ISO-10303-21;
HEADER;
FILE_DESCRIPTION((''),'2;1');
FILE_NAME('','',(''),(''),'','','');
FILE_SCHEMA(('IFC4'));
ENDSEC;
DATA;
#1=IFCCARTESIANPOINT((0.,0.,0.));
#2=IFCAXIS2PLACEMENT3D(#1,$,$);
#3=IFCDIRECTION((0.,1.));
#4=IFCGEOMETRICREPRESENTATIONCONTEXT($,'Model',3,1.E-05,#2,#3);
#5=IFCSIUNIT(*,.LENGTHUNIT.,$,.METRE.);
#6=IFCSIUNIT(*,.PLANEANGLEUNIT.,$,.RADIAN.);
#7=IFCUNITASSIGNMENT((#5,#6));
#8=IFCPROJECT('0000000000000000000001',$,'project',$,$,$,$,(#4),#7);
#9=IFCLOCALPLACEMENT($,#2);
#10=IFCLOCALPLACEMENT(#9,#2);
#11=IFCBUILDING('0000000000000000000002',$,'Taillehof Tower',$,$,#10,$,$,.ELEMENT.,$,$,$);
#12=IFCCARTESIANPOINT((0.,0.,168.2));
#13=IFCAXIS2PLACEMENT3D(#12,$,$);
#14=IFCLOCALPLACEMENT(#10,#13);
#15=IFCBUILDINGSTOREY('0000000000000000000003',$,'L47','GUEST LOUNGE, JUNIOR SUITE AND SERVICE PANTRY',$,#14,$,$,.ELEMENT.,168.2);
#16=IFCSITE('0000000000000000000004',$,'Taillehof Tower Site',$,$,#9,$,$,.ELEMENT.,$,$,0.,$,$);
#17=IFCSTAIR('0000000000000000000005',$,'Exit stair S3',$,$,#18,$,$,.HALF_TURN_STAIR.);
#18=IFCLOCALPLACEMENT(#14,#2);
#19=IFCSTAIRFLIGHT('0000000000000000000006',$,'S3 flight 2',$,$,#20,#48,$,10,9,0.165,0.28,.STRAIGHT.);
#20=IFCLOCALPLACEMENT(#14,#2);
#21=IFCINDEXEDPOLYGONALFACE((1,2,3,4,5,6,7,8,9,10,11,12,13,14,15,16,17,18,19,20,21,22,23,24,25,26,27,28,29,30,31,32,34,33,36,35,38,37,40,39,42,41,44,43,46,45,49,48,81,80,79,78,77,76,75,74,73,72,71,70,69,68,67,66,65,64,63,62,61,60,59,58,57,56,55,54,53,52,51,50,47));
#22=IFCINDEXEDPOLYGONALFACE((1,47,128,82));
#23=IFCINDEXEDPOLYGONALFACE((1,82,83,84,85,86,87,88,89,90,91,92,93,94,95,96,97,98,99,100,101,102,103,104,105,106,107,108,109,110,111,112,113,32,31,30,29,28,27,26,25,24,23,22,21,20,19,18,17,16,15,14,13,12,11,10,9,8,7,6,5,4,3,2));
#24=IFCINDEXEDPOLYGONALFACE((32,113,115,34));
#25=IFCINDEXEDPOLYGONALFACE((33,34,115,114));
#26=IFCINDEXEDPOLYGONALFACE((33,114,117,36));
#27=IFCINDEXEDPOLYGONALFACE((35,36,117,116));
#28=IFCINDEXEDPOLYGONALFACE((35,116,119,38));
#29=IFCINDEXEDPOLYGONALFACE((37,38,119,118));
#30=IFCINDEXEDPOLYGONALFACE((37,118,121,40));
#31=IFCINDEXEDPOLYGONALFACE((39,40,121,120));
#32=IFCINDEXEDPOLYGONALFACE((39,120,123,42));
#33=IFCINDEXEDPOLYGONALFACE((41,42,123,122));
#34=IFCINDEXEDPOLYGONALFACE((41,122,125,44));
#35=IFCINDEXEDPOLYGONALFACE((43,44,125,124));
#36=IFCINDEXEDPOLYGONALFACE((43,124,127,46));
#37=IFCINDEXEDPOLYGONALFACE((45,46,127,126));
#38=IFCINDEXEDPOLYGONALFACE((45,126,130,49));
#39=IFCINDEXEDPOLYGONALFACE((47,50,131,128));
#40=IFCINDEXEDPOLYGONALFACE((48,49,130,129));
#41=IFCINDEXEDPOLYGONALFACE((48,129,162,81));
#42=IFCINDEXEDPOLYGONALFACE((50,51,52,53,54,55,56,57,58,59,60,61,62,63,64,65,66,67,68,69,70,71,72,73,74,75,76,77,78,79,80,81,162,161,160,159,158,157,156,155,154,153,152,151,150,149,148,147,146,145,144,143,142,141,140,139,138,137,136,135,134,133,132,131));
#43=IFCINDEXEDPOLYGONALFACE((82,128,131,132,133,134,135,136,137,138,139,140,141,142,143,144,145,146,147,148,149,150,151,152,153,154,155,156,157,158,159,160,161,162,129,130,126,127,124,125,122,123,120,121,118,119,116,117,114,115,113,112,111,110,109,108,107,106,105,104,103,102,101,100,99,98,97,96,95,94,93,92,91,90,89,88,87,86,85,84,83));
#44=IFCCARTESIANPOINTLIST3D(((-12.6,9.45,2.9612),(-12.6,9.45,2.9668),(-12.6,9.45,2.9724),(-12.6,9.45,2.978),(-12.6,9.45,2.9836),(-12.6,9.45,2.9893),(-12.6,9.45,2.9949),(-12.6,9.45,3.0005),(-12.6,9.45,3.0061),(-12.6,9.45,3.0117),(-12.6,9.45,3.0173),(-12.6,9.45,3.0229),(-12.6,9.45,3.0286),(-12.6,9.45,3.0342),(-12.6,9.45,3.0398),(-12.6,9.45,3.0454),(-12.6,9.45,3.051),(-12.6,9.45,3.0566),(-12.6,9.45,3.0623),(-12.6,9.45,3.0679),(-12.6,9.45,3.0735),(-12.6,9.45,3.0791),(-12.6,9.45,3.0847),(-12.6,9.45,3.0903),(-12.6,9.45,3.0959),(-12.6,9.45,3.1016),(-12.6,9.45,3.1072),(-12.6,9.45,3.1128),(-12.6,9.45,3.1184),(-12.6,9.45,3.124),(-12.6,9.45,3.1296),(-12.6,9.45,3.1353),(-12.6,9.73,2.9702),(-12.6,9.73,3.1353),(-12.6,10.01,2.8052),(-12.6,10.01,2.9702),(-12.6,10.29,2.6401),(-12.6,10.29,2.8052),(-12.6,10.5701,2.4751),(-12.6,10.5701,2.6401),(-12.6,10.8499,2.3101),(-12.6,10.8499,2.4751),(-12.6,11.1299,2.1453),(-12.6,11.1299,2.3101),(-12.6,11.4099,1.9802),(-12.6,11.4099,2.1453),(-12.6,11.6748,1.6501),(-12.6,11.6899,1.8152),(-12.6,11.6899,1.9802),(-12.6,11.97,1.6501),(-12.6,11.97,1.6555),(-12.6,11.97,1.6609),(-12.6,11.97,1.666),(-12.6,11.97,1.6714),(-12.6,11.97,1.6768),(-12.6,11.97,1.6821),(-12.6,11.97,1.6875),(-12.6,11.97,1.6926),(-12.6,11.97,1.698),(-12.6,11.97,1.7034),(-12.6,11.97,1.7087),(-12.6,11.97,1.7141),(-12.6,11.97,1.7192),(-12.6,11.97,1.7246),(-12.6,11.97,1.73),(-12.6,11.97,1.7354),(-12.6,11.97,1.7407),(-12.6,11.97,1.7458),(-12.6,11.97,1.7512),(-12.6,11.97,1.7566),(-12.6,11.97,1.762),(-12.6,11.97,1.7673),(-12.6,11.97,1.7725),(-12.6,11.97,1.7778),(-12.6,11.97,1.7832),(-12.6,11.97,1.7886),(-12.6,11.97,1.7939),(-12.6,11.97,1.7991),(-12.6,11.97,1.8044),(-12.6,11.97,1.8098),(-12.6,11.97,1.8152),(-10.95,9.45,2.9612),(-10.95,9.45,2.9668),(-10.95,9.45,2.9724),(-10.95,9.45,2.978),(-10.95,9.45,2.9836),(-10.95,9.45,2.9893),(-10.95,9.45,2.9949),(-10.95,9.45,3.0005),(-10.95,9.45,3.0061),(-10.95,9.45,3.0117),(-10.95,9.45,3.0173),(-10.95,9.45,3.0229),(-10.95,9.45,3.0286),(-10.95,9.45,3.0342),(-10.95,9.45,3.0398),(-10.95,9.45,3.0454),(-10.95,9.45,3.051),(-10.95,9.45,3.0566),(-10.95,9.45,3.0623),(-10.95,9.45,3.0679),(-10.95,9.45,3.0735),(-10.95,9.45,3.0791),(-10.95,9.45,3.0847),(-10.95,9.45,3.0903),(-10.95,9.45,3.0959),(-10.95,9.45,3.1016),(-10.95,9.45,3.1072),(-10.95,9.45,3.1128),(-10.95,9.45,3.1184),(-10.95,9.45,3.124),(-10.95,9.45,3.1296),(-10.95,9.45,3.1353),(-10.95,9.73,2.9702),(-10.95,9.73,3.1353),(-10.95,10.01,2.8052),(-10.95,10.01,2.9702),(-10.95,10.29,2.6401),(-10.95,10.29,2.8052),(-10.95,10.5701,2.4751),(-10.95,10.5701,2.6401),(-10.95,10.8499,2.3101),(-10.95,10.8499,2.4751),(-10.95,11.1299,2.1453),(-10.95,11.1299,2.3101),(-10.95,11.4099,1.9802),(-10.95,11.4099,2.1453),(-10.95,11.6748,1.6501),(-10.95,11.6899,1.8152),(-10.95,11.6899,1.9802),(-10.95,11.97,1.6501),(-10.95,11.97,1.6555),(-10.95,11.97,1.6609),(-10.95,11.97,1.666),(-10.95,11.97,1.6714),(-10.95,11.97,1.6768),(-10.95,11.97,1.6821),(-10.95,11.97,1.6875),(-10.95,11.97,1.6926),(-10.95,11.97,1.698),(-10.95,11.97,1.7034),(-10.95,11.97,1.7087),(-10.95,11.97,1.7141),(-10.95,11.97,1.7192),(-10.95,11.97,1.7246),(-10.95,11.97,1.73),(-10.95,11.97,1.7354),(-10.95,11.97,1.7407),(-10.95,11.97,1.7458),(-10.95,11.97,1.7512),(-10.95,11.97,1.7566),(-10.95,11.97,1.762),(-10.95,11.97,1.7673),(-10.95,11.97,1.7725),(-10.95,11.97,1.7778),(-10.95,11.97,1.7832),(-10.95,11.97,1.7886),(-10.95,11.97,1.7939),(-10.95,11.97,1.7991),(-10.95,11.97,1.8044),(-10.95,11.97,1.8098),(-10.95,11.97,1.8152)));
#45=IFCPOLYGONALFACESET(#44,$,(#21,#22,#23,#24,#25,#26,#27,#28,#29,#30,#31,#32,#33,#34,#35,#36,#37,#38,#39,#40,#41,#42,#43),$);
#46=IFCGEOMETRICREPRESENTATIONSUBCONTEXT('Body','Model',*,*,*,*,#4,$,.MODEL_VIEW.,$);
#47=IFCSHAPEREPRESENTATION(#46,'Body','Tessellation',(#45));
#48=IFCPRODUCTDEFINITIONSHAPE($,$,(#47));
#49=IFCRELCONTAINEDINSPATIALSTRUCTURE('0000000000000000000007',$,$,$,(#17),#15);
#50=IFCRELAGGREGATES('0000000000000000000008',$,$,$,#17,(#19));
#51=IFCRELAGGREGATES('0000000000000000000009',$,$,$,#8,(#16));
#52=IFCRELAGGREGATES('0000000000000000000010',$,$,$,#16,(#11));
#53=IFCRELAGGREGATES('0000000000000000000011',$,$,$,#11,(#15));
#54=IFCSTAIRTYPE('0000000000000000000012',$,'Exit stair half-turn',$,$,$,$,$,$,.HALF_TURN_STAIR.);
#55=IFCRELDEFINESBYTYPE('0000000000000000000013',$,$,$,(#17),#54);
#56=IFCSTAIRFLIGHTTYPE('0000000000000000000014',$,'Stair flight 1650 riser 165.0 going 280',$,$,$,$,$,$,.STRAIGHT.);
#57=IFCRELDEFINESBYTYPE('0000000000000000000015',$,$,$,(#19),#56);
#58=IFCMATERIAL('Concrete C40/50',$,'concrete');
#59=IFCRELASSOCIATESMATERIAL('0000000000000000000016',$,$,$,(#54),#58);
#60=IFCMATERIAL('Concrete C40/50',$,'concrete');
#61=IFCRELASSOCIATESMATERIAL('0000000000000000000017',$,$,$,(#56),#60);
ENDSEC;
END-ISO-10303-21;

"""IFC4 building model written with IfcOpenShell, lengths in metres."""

from ifc_helpers import new_model, si_unit, direction, frame, origin, place, context, subcontext, project, spatial, polyline, outline, extrude, material, type_object, element, aggregate, save


model = new_model("IFC4")

# Units and contexts
model_context = context("Model", 3, precision=1e-05, world=origin(), true_north=direction((0.0, 1.0)))
body_context = subcontext(model_context, "Body", "Model", "MODEL_VIEW")
ifc_project = project(units=[si_unit("LENGTHUNIT", "METRE"), si_unit("PLANEANGLEUNIT", "RADIAN")], contexts=[model_context])

# Site, building, storey
site_placement = place(None, origin())
site = spatial("IfcSite", under=ifc_project, at=site_placement, Name="Taillehof Tower Site", CompositionType="ELEMENT", RefElevation=0.0)
building_placement = place(site_placement, origin())
building = spatial("IfcBuilding", under=site, at=building_placement, Name="Taillehof Tower", CompositionType="ELEMENT")
storey_placement = place(building_placement, frame((0.0, 0.0, 168.2)))
storey = spatial("IfcBuildingStorey", under=building, at=storey_placement, Name="L47", Description="GUEST LOUNGE, JUNIOR SUITE AND SERVICE PANTRY", CompositionType="ELEMENT", Elevation=168.2)

# Stair, stair flight
ifc_material_1 = material(Name="Concrete C40/50", Category="concrete")
stair_type = type_object("IfcStairType", Name="Exit stair half-turn", PredefinedType="HALF_TURN_STAIR", material=ifc_material_1)
stair_placement = place(storey_placement, origin())
stair = element("IfcStair", 1, at=stair_placement, inside=storey, type_object=stair_type, Name="Exit stair S3", PredefinedType="HALF_TURN_STAIR")
ifc_material_2 = material(Name="Concrete C40/50", Category="concrete")
stair_flight_type = type_object("IfcStairFlightType", Name="Stair flight 1650 riser 165.0 going 280", PredefinedType="STRAIGHT", material=ifc_material_2)
stair_flight_placement = place(storey_placement, frame((-11.7749, 11.97, 1.6501), z_axis=(0.0, 0.0, 1.0), x_axis=(0.0, -1.0, 0.0)))
stair_flight = element("IfcStairFlight", 2, at=stair_flight_placement, type_object=stair_flight_type, Name="S3 flight 2", NumberOfRisers=10, NumberOfTreads=9, PredefinedType="STRAIGHT", RiserHeight=0.165, TreadLength=0.28, context=body_context, shape_type="SweptSolid", body=[
    extrude(outline(polyline([(0.0, 0.0), (0.0, 0.0054), (0.0, 0.0107), (0.0, 0.0159), (0.0, 0.0212), (0.0, 0.0266), (0.0, 0.032), (0.0, 0.0374), (0.0, 0.0425), (0.0, 0.0479), (0.0, 0.0532), (0.0, 0.0586), (0.0, 0.064), (0.0, 0.0691), (0.0, 0.0745), (0.0, 0.0798), (0.0, 0.0852), (0.0, 0.0906), (0.0, 0.0957), (0.0, 0.1011), (0.0, 0.1064), (0.0, 0.1118), (0.0, 0.1172), (0.0, 0.1223), (0.0, 0.1277), (0.0, 0.1331), (0.0, 0.1384), (0.0, 0.1438), (0.0, 0.1489), (0.0, 0.1543), (0.0, 0.1597), (0.0, 0.165), (0.28, 0.165), (0.28, 0.3301), (0.5601, 0.3301), (0.5601, 0.4951), (0.8401, 0.4951), (0.8401, 0.6599), (1.1201, 0.6599), (1.1201, 0.825), (1.3999, 0.825), (1.3999, 0.99), (1.6799, 0.99), (1.6799, 1.155), (1.96, 1.155), (1.96, 1.3201), (2.24, 1.3201), (2.24, 1.4851), (2.52, 1.4851), (2.52, 1.4795), (2.52, 1.4739), (2.52, 1.4683), (2.52, 1.4626), (2.52, 1.457), (2.52, 1.4514), (2.52, 1.4458), (2.52, 1.4402), (2.52, 1.4346), (2.52, 1.429), (2.52, 1.4233), (2.52, 1.4177), (2.52, 1.4121), (2.52, 1.4065), (2.52, 1.4009), (2.52, 1.3953), (2.52, 1.3896), (2.52, 1.384), (2.52, 1.3784), (2.52, 1.3728), (2.52, 1.3672), (2.52, 1.3616), (2.52, 1.356), (2.52, 1.3503), (2.52, 1.3447), (2.52, 1.3391), (2.52, 1.3335), (2.52, 1.3279), (2.52, 1.3223), (2.52, 1.3167), (2.52, 1.311), (0.2952, 0.0), (0.0, 0.0)])), frame((0.0, 0.825, 0.0), z_axis=(0.0, -1.0, 0.0), x_axis=(1.0, 0.0, 0.0)), (0.0, 0.0, 1.0), 1.65),
])
aggregate(stair, [stair_flight])

save(model, "model.ifc")
